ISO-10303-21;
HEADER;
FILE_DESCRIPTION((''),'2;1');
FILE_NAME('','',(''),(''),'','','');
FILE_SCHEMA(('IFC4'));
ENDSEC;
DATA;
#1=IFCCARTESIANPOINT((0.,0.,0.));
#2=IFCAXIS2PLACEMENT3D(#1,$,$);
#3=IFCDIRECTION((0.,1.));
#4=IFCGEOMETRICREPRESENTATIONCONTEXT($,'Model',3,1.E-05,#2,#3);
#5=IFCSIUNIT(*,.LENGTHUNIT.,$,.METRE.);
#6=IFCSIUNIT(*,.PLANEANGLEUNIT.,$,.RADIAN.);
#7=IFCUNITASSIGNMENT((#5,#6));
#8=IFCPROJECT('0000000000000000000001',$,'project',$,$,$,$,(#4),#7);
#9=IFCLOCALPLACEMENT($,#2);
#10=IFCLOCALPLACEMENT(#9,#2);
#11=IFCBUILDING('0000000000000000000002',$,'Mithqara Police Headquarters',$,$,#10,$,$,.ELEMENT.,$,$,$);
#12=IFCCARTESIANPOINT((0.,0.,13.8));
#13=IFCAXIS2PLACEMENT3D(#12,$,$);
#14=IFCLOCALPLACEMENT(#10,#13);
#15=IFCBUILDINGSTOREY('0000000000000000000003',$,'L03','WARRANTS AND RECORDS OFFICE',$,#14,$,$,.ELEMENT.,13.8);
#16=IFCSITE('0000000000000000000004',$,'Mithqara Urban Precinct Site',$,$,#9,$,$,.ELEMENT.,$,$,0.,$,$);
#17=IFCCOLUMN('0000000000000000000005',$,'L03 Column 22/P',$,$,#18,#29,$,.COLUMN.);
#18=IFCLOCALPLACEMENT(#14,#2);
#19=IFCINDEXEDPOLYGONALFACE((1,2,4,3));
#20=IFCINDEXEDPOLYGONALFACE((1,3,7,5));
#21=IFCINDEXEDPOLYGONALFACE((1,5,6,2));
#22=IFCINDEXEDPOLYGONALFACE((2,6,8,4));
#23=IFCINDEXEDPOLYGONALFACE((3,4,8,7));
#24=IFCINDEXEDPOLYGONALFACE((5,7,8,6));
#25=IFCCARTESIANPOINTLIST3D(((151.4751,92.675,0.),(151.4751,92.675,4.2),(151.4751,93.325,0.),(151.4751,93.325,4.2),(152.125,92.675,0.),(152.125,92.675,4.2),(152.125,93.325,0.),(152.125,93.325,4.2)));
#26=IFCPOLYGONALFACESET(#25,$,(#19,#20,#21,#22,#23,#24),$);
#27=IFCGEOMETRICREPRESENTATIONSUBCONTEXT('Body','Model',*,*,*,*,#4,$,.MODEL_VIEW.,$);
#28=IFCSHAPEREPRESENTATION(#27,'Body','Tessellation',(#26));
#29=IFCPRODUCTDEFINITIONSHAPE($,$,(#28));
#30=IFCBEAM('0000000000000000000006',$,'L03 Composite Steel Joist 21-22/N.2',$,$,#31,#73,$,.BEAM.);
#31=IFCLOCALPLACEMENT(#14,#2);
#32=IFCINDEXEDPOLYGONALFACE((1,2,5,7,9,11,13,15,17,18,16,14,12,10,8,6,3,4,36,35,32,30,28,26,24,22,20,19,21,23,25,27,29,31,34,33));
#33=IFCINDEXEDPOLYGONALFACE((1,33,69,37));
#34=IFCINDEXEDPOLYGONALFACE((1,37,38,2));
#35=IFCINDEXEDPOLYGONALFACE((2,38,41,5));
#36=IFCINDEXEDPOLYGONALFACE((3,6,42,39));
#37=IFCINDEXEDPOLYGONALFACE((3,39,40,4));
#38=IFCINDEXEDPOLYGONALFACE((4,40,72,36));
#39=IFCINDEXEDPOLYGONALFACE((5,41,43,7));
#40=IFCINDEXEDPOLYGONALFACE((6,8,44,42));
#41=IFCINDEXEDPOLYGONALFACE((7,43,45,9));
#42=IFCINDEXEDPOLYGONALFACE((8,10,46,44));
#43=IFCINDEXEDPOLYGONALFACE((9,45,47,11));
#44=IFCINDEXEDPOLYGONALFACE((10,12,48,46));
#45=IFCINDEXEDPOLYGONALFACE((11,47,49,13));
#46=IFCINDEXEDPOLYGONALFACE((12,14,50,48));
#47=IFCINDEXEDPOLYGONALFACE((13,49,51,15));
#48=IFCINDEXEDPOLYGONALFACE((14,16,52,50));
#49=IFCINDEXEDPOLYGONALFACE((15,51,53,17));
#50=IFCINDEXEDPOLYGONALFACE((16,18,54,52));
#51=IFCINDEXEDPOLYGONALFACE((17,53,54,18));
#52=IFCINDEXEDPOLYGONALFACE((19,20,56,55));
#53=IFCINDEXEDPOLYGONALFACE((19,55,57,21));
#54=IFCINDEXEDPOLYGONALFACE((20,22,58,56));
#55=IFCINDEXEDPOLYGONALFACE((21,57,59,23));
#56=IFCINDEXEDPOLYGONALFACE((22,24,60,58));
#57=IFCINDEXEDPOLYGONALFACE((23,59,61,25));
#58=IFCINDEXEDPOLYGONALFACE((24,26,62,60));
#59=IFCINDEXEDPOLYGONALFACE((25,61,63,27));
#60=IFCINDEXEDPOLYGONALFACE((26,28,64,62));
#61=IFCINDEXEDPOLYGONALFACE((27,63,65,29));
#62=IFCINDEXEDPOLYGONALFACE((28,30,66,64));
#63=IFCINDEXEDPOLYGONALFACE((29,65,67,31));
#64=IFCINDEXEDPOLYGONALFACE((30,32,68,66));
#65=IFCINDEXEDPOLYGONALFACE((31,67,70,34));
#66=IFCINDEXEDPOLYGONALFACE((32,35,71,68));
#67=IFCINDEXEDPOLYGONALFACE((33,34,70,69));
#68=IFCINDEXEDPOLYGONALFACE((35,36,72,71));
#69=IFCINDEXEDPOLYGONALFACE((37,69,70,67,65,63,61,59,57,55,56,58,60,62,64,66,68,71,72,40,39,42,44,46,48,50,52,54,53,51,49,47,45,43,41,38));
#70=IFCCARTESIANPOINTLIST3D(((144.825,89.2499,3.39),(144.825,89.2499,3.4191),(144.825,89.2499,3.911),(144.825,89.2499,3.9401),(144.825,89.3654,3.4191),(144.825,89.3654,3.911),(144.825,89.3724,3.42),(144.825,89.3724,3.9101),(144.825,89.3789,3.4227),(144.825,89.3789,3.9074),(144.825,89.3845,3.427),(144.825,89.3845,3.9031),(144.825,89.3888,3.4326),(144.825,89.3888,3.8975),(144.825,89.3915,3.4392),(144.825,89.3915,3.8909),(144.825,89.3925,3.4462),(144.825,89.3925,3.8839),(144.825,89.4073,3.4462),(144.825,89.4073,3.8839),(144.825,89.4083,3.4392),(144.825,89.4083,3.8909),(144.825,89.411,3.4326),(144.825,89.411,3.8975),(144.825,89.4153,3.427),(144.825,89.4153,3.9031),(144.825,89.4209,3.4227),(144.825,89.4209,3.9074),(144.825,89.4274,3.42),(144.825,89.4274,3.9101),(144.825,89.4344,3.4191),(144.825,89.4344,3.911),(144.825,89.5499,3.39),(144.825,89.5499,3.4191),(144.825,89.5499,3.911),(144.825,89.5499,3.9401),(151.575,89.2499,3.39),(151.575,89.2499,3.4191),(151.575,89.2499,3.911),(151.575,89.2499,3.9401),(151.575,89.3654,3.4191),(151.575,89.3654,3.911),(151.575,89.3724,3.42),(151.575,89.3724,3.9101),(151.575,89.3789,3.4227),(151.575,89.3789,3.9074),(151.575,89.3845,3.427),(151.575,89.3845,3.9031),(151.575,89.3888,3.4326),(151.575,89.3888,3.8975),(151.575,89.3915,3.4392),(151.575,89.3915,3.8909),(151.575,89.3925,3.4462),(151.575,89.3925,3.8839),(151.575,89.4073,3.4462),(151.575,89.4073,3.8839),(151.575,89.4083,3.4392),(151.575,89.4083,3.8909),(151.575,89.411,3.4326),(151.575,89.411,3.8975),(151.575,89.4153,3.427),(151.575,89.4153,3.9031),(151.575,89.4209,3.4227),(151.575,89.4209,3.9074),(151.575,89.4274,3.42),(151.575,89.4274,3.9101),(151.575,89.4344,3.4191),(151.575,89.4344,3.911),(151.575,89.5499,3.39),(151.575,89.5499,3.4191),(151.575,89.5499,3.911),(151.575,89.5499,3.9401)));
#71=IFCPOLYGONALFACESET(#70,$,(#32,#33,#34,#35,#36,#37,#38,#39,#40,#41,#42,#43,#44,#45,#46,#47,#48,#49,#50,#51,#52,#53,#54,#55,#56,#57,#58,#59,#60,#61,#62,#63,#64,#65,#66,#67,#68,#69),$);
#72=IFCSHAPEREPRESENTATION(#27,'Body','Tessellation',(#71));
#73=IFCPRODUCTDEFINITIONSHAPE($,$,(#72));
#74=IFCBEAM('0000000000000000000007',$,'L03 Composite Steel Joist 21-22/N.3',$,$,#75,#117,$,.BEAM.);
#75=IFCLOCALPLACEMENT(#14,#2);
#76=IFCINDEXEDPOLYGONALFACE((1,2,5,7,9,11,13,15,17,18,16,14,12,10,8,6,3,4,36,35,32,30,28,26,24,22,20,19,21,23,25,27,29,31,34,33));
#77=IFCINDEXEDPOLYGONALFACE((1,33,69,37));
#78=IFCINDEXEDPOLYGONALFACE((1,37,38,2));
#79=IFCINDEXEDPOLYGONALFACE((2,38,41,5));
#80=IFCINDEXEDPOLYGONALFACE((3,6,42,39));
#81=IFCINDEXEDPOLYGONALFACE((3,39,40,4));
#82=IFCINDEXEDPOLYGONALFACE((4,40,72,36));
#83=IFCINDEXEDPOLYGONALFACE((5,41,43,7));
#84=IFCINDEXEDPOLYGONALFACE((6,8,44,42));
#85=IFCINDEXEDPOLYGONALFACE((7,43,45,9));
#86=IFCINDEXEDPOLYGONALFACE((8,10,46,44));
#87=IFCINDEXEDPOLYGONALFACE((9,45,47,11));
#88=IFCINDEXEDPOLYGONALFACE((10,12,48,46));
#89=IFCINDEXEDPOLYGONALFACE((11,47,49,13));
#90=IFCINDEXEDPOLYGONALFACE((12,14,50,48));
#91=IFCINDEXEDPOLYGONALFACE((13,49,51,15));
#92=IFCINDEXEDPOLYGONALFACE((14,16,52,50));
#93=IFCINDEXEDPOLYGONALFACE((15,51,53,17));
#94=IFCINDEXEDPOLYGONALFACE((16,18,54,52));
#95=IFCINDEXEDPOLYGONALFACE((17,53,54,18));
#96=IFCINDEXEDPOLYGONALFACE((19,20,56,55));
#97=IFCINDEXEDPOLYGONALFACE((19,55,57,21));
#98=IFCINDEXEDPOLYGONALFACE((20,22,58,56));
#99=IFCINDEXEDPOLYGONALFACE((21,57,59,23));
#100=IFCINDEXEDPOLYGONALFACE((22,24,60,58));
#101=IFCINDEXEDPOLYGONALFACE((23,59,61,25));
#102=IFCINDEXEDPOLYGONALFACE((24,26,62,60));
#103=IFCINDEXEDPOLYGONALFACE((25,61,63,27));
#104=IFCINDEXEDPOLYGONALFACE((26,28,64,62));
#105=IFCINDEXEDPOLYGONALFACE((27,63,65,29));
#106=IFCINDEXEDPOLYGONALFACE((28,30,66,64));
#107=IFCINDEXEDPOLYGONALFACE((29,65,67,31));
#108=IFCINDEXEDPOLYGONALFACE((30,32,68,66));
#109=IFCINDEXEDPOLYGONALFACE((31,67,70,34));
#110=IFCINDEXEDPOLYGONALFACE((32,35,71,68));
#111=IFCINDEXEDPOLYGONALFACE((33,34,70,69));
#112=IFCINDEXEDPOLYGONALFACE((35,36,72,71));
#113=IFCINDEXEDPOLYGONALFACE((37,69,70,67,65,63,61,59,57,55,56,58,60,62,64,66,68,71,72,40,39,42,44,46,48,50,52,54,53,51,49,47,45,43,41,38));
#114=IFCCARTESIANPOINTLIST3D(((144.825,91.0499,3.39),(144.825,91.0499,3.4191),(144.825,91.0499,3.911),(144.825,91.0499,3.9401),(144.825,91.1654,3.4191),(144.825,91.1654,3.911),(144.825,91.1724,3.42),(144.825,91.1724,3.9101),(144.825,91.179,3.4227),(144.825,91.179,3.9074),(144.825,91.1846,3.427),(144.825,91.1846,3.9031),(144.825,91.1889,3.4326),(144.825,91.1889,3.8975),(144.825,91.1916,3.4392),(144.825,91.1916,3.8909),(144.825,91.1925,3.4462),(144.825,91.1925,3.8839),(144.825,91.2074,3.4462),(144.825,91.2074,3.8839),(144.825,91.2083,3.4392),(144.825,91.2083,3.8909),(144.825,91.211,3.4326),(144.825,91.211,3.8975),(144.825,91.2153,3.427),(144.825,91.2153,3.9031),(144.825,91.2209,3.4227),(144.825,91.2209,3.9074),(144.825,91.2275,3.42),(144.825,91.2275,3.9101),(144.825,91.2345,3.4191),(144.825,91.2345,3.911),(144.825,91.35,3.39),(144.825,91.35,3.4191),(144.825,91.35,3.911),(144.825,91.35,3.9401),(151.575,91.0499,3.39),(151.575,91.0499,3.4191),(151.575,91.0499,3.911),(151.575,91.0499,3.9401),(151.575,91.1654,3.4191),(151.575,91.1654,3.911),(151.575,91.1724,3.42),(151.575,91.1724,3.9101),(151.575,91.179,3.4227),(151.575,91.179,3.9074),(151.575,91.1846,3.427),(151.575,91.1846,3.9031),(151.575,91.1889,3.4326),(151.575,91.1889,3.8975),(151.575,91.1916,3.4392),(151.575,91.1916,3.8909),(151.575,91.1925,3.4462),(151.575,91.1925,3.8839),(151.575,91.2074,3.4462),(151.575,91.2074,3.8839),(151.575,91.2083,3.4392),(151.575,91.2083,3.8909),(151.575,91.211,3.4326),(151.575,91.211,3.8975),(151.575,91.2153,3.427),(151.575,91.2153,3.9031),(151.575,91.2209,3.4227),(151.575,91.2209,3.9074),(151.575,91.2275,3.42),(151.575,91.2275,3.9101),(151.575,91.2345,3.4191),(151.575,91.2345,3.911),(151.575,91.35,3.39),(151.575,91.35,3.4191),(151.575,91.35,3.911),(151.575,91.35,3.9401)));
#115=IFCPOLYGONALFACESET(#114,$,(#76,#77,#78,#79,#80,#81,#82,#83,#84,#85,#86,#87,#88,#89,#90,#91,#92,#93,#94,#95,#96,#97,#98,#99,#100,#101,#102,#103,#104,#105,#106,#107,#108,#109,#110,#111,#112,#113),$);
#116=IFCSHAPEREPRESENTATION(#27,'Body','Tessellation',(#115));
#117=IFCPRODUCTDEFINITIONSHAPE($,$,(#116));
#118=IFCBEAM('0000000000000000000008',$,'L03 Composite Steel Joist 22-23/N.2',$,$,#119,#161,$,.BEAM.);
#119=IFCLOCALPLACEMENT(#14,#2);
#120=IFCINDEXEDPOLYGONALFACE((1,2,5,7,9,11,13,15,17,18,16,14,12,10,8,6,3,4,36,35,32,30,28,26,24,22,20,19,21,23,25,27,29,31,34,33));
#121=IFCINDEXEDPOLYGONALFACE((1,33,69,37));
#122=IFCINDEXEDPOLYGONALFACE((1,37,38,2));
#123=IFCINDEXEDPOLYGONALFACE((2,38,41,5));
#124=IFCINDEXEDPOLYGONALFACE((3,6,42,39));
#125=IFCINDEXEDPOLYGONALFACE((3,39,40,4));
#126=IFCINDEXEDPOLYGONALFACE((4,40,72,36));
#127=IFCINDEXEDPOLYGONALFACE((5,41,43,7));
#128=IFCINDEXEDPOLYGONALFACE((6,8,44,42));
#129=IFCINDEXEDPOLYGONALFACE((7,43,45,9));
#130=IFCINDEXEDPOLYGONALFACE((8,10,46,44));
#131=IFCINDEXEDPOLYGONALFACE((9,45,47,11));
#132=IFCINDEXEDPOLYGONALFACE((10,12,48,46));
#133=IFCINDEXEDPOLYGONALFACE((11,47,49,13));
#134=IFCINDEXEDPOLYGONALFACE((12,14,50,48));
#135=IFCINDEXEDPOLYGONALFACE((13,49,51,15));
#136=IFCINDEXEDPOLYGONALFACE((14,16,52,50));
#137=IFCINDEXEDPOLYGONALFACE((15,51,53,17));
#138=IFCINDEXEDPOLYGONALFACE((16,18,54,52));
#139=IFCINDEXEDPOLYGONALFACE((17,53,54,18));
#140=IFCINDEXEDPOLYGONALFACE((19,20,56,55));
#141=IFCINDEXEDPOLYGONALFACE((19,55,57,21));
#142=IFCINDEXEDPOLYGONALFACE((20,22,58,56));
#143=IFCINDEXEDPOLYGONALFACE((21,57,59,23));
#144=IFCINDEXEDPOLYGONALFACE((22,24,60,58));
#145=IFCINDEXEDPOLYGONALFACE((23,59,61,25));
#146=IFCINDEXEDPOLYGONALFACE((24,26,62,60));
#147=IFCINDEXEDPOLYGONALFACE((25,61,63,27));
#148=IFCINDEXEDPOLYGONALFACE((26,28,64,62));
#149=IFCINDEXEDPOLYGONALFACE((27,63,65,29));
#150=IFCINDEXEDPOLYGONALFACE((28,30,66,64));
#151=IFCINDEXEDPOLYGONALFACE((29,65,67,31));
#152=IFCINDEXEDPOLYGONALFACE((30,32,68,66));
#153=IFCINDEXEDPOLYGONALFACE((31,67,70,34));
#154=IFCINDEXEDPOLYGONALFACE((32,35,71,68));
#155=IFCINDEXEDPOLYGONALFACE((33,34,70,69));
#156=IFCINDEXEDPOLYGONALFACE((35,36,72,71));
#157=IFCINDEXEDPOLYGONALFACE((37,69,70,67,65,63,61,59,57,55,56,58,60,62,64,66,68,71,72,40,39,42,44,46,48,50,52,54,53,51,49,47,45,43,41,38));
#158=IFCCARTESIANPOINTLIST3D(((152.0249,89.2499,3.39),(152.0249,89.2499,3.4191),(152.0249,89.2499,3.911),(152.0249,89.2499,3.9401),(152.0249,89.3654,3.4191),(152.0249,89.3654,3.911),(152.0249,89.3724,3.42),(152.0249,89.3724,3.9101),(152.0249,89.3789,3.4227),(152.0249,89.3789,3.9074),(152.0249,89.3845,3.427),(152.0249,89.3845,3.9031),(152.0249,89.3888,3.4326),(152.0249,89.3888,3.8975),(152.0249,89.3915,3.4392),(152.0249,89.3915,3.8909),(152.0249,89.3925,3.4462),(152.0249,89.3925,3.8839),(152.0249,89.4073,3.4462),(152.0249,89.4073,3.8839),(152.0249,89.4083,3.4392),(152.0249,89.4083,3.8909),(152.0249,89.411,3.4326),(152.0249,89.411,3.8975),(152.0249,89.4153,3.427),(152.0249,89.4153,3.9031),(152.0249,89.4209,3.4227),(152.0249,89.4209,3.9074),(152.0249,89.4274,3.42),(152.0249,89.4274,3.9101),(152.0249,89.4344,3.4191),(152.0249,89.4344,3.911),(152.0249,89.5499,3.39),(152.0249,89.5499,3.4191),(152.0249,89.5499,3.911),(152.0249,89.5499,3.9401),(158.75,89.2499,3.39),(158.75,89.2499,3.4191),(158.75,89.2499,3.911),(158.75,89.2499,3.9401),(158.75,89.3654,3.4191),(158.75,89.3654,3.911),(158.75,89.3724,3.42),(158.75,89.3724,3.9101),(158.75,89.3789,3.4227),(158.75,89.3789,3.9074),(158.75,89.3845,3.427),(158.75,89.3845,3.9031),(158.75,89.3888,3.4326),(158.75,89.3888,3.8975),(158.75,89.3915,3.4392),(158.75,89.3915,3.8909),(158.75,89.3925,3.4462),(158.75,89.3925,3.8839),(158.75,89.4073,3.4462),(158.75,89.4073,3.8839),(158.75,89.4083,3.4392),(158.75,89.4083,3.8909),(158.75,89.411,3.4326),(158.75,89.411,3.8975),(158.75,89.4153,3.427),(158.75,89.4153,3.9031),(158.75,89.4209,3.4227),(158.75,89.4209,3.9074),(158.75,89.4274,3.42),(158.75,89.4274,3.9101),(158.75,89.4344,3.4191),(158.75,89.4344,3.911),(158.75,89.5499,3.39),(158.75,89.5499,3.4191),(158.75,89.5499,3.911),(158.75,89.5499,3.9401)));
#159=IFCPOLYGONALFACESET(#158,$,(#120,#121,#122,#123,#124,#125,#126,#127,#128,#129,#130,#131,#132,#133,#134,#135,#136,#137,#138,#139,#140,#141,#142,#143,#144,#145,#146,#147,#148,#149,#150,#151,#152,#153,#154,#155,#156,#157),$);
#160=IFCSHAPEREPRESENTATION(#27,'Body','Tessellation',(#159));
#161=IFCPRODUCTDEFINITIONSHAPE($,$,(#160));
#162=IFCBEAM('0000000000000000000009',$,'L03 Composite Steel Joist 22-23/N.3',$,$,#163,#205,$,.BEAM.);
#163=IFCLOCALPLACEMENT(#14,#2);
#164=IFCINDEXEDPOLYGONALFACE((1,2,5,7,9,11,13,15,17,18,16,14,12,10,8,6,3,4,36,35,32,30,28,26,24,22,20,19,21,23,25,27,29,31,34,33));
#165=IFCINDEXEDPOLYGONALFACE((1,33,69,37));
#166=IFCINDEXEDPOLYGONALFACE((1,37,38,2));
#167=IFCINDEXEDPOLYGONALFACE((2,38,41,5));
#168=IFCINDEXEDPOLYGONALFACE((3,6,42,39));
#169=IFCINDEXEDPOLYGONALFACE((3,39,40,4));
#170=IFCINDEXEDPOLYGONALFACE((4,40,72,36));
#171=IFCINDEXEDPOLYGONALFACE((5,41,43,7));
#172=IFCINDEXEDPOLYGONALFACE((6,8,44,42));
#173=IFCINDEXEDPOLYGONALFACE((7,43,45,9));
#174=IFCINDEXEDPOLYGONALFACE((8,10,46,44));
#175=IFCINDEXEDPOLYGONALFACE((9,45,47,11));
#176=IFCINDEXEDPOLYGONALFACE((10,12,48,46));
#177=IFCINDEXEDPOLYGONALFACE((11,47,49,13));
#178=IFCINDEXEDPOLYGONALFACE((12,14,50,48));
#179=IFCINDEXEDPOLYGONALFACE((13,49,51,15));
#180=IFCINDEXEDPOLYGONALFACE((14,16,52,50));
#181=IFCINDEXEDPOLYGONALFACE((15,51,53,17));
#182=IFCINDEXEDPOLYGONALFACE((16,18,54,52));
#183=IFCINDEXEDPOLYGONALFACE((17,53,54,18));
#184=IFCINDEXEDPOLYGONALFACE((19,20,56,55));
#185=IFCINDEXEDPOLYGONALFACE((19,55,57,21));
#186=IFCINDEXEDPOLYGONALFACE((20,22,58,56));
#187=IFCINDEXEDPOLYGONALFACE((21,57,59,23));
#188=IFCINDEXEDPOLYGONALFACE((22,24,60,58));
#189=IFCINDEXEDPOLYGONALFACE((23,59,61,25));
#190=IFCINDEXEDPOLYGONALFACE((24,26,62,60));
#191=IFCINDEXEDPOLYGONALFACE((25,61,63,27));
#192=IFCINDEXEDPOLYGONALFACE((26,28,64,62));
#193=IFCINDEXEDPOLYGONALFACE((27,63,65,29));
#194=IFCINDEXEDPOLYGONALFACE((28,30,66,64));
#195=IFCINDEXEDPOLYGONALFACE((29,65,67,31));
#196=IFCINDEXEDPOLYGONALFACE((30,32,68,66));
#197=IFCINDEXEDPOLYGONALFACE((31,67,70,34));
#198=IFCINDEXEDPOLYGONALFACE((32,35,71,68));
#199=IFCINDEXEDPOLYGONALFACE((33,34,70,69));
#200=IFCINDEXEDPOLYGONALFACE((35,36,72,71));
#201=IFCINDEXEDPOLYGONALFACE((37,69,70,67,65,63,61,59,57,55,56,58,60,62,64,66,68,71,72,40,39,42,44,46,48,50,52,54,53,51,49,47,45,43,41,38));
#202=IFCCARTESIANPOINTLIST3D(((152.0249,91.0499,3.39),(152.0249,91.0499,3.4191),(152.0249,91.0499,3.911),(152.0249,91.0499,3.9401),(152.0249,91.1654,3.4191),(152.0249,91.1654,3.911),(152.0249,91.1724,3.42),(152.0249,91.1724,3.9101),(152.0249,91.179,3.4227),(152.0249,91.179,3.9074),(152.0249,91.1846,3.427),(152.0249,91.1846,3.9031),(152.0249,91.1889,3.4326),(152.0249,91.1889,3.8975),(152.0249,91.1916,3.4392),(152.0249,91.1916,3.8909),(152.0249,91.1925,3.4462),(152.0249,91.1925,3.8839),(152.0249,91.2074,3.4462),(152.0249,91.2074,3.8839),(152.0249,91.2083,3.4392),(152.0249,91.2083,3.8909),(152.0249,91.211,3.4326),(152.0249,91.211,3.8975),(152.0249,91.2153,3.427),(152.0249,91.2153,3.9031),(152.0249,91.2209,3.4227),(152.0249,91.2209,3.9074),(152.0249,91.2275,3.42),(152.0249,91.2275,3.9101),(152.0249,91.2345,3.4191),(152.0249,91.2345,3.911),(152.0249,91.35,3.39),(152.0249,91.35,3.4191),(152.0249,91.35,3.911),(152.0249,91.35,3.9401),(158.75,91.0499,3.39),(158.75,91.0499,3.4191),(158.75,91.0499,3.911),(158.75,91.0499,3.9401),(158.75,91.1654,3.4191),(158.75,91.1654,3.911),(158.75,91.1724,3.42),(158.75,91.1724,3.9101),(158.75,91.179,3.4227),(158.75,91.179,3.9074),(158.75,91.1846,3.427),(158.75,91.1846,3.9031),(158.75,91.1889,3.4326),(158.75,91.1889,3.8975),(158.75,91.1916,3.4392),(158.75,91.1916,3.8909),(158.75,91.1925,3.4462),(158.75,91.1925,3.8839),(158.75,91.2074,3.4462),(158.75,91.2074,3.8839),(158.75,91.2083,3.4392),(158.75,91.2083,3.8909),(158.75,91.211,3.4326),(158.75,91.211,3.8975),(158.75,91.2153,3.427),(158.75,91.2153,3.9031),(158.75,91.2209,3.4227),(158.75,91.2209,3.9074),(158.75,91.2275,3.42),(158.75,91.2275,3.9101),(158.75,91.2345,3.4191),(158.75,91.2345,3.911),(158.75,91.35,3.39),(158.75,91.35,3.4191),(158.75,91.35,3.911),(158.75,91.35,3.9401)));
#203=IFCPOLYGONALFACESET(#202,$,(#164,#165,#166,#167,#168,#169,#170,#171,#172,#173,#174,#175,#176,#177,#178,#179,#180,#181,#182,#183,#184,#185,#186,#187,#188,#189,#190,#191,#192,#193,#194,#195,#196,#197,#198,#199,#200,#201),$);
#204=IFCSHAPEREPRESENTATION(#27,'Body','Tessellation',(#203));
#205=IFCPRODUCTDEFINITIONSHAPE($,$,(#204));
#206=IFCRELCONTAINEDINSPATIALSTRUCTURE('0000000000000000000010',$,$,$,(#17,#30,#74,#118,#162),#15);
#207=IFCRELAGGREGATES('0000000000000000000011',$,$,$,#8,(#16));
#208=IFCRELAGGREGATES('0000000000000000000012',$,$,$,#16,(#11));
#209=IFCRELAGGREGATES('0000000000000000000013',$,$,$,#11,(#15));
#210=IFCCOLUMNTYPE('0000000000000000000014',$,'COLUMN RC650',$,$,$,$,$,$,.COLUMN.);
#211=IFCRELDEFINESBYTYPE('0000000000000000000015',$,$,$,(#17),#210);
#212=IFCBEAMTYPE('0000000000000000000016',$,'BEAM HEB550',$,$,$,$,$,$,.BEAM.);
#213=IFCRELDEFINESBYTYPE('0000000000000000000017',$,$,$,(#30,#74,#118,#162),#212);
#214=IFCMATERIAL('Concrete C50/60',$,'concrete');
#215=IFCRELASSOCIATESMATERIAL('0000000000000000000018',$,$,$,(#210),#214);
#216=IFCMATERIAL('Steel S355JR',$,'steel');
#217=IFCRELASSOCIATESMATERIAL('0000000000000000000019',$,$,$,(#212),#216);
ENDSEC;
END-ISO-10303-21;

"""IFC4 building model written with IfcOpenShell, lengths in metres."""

from ifc_helpers import new_model, si_unit, direction, frame, origin, origin_2d, place, context, subcontext, project, spatial, rectangle, i_section, extrude, material, material_profile, profile_set, type_object, element, save


model = new_model("IFC4")

# Units and contexts
model_context = context("Model", 3, precision=1e-05, world=origin(), true_north=direction((0.0, 1.0)))
body_context = subcontext(model_context, "Body", "Model", "MODEL_VIEW")
ifc_project = project(units=[si_unit("LENGTHUNIT", "METRE"), si_unit("PLANEANGLEUNIT", "RADIAN")], contexts=[model_context])

# Site, building, storey
site_placement = place(None, origin())
site = spatial("IfcSite", under=ifc_project, at=site_placement, Name="Mithqara Urban Precinct Site", CompositionType="ELEMENT", RefElevation=0.0)
building_placement = place(site_placement, origin())
building = spatial("IfcBuilding", under=site, at=building_placement, Name="Mithqara Police Headquarters", CompositionType="ELEMENT")
storey_placement = place(building_placement, frame((0.0, 0.0, 13.8)))
storey = spatial("IfcBuildingStorey", under=building, at=storey_placement, Name="L03", Description="WARRANTS AND RECORDS OFFICE", CompositionType="ELEMENT", Elevation=13.8)

# Column
ifc_material_1 = material(Name="Concrete C50/60", Category="concrete")
ifc_material_profile_1 = material_profile(ifc_material_1, rectangle(XDim=0.6499, YDim=0.6499, at=origin_2d()), Name="RC 650x650")
ifc_profile_set_1 = profile_set([ifc_material_profile_1], Name="Concrete C50/60")
column_type = type_object("IfcColumnType", Name="COLUMN RC650", PredefinedType="COLUMN", material=ifc_profile_set_1)
column_placement = place(storey_placement, frame((151.8, 93.0, 0.0), z_axis=(0.0, 0.0, 1.0), x_axis=(1.0, 0.0, 0.0)))
element("IfcColumn", 1, at=column_placement, inside=storey, type_object=column_type, Name="L03 Column 22/P", PredefinedType="COLUMN", context=body_context, shape_type="SweptSolid", body=[
    extrude(rectangle(XDim=0.6499, YDim=0.6499, at=origin_2d()), origin(), (0.0, 0.0, 1.0), 4.2),
])

# Beams
ifc_material_2 = material(Name="Steel S355JR", Category="steel")
ifc_material_profile_2 = material_profile(ifc_material_2, i_section(OverallWidth=0.3, OverallDepth=0.55, WebThickness=0.0149, FlangeThickness=0.0291, FilletRadius=0.0271, at=origin_2d()), Name="HEB 550")
ifc_profile_set_2 = profile_set([ifc_material_profile_2], Name="Steel S355JR")
beam_type_1 = type_object("IfcBeamType", Name="BEAM HEB550", PredefinedType="BEAM", material=ifc_profile_set_2)
for number, where, z_axis, x_axis, name in (
    (2, (144.825, 89.3999, 3.665), (1.0, 0.0, 0.0), (0.0, 1.0, 0.0), "L03 Composite Steel Joist 21-22/N.2"),
    (3, (144.825, 91.2, 3.665), (1.0, 0.0, 0.0), (0.0, 1.0, 0.0), "L03 Composite Steel Joist 21-22/N.3"),
):
    element("IfcBeam", number, at=place(storey_placement, frame(where, z_axis=z_axis, x_axis=x_axis)), inside=storey, type_object=beam_type_1, Name=name, PredefinedType="BEAM", context=body_context, shape_type="SweptSolid", body=[
        extrude(i_section(OverallWidth=0.3, OverallDepth=0.55, WebThickness=0.0149, FlangeThickness=0.0291, FilletRadius=0.0271, at=origin_2d()), origin(), (0.0, 0.0, 1.0), 6.75),
    ])
for number, where, z_axis, x_axis, name in (
    (4, (152.0249, 89.3999, 3.665), (1.0, 0.0, 0.0), (0.0, 1.0, 0.0), "L03 Composite Steel Joist 22-23/N.2"),
    (5, (152.0249, 91.2, 3.665), (1.0, 0.0, 0.0), (0.0, 1.0, 0.0), "L03 Composite Steel Joist 22-23/N.3"),
):
    element("IfcBeam", number, at=place(storey_placement, frame(where, z_axis=z_axis, x_axis=x_axis)), inside=storey, type_object=beam_type_1, Name=name, PredefinedType="BEAM", context=body_context, shape_type="SweptSolid", body=[
        extrude(i_section(OverallWidth=0.3, OverallDepth=0.55, WebThickness=0.0149, FlangeThickness=0.0291, FilletRadius=0.0271, at=origin_2d()), origin(), (0.0, 0.0, 1.0), 6.7251),
    ])

save(model, "model.ifc")
